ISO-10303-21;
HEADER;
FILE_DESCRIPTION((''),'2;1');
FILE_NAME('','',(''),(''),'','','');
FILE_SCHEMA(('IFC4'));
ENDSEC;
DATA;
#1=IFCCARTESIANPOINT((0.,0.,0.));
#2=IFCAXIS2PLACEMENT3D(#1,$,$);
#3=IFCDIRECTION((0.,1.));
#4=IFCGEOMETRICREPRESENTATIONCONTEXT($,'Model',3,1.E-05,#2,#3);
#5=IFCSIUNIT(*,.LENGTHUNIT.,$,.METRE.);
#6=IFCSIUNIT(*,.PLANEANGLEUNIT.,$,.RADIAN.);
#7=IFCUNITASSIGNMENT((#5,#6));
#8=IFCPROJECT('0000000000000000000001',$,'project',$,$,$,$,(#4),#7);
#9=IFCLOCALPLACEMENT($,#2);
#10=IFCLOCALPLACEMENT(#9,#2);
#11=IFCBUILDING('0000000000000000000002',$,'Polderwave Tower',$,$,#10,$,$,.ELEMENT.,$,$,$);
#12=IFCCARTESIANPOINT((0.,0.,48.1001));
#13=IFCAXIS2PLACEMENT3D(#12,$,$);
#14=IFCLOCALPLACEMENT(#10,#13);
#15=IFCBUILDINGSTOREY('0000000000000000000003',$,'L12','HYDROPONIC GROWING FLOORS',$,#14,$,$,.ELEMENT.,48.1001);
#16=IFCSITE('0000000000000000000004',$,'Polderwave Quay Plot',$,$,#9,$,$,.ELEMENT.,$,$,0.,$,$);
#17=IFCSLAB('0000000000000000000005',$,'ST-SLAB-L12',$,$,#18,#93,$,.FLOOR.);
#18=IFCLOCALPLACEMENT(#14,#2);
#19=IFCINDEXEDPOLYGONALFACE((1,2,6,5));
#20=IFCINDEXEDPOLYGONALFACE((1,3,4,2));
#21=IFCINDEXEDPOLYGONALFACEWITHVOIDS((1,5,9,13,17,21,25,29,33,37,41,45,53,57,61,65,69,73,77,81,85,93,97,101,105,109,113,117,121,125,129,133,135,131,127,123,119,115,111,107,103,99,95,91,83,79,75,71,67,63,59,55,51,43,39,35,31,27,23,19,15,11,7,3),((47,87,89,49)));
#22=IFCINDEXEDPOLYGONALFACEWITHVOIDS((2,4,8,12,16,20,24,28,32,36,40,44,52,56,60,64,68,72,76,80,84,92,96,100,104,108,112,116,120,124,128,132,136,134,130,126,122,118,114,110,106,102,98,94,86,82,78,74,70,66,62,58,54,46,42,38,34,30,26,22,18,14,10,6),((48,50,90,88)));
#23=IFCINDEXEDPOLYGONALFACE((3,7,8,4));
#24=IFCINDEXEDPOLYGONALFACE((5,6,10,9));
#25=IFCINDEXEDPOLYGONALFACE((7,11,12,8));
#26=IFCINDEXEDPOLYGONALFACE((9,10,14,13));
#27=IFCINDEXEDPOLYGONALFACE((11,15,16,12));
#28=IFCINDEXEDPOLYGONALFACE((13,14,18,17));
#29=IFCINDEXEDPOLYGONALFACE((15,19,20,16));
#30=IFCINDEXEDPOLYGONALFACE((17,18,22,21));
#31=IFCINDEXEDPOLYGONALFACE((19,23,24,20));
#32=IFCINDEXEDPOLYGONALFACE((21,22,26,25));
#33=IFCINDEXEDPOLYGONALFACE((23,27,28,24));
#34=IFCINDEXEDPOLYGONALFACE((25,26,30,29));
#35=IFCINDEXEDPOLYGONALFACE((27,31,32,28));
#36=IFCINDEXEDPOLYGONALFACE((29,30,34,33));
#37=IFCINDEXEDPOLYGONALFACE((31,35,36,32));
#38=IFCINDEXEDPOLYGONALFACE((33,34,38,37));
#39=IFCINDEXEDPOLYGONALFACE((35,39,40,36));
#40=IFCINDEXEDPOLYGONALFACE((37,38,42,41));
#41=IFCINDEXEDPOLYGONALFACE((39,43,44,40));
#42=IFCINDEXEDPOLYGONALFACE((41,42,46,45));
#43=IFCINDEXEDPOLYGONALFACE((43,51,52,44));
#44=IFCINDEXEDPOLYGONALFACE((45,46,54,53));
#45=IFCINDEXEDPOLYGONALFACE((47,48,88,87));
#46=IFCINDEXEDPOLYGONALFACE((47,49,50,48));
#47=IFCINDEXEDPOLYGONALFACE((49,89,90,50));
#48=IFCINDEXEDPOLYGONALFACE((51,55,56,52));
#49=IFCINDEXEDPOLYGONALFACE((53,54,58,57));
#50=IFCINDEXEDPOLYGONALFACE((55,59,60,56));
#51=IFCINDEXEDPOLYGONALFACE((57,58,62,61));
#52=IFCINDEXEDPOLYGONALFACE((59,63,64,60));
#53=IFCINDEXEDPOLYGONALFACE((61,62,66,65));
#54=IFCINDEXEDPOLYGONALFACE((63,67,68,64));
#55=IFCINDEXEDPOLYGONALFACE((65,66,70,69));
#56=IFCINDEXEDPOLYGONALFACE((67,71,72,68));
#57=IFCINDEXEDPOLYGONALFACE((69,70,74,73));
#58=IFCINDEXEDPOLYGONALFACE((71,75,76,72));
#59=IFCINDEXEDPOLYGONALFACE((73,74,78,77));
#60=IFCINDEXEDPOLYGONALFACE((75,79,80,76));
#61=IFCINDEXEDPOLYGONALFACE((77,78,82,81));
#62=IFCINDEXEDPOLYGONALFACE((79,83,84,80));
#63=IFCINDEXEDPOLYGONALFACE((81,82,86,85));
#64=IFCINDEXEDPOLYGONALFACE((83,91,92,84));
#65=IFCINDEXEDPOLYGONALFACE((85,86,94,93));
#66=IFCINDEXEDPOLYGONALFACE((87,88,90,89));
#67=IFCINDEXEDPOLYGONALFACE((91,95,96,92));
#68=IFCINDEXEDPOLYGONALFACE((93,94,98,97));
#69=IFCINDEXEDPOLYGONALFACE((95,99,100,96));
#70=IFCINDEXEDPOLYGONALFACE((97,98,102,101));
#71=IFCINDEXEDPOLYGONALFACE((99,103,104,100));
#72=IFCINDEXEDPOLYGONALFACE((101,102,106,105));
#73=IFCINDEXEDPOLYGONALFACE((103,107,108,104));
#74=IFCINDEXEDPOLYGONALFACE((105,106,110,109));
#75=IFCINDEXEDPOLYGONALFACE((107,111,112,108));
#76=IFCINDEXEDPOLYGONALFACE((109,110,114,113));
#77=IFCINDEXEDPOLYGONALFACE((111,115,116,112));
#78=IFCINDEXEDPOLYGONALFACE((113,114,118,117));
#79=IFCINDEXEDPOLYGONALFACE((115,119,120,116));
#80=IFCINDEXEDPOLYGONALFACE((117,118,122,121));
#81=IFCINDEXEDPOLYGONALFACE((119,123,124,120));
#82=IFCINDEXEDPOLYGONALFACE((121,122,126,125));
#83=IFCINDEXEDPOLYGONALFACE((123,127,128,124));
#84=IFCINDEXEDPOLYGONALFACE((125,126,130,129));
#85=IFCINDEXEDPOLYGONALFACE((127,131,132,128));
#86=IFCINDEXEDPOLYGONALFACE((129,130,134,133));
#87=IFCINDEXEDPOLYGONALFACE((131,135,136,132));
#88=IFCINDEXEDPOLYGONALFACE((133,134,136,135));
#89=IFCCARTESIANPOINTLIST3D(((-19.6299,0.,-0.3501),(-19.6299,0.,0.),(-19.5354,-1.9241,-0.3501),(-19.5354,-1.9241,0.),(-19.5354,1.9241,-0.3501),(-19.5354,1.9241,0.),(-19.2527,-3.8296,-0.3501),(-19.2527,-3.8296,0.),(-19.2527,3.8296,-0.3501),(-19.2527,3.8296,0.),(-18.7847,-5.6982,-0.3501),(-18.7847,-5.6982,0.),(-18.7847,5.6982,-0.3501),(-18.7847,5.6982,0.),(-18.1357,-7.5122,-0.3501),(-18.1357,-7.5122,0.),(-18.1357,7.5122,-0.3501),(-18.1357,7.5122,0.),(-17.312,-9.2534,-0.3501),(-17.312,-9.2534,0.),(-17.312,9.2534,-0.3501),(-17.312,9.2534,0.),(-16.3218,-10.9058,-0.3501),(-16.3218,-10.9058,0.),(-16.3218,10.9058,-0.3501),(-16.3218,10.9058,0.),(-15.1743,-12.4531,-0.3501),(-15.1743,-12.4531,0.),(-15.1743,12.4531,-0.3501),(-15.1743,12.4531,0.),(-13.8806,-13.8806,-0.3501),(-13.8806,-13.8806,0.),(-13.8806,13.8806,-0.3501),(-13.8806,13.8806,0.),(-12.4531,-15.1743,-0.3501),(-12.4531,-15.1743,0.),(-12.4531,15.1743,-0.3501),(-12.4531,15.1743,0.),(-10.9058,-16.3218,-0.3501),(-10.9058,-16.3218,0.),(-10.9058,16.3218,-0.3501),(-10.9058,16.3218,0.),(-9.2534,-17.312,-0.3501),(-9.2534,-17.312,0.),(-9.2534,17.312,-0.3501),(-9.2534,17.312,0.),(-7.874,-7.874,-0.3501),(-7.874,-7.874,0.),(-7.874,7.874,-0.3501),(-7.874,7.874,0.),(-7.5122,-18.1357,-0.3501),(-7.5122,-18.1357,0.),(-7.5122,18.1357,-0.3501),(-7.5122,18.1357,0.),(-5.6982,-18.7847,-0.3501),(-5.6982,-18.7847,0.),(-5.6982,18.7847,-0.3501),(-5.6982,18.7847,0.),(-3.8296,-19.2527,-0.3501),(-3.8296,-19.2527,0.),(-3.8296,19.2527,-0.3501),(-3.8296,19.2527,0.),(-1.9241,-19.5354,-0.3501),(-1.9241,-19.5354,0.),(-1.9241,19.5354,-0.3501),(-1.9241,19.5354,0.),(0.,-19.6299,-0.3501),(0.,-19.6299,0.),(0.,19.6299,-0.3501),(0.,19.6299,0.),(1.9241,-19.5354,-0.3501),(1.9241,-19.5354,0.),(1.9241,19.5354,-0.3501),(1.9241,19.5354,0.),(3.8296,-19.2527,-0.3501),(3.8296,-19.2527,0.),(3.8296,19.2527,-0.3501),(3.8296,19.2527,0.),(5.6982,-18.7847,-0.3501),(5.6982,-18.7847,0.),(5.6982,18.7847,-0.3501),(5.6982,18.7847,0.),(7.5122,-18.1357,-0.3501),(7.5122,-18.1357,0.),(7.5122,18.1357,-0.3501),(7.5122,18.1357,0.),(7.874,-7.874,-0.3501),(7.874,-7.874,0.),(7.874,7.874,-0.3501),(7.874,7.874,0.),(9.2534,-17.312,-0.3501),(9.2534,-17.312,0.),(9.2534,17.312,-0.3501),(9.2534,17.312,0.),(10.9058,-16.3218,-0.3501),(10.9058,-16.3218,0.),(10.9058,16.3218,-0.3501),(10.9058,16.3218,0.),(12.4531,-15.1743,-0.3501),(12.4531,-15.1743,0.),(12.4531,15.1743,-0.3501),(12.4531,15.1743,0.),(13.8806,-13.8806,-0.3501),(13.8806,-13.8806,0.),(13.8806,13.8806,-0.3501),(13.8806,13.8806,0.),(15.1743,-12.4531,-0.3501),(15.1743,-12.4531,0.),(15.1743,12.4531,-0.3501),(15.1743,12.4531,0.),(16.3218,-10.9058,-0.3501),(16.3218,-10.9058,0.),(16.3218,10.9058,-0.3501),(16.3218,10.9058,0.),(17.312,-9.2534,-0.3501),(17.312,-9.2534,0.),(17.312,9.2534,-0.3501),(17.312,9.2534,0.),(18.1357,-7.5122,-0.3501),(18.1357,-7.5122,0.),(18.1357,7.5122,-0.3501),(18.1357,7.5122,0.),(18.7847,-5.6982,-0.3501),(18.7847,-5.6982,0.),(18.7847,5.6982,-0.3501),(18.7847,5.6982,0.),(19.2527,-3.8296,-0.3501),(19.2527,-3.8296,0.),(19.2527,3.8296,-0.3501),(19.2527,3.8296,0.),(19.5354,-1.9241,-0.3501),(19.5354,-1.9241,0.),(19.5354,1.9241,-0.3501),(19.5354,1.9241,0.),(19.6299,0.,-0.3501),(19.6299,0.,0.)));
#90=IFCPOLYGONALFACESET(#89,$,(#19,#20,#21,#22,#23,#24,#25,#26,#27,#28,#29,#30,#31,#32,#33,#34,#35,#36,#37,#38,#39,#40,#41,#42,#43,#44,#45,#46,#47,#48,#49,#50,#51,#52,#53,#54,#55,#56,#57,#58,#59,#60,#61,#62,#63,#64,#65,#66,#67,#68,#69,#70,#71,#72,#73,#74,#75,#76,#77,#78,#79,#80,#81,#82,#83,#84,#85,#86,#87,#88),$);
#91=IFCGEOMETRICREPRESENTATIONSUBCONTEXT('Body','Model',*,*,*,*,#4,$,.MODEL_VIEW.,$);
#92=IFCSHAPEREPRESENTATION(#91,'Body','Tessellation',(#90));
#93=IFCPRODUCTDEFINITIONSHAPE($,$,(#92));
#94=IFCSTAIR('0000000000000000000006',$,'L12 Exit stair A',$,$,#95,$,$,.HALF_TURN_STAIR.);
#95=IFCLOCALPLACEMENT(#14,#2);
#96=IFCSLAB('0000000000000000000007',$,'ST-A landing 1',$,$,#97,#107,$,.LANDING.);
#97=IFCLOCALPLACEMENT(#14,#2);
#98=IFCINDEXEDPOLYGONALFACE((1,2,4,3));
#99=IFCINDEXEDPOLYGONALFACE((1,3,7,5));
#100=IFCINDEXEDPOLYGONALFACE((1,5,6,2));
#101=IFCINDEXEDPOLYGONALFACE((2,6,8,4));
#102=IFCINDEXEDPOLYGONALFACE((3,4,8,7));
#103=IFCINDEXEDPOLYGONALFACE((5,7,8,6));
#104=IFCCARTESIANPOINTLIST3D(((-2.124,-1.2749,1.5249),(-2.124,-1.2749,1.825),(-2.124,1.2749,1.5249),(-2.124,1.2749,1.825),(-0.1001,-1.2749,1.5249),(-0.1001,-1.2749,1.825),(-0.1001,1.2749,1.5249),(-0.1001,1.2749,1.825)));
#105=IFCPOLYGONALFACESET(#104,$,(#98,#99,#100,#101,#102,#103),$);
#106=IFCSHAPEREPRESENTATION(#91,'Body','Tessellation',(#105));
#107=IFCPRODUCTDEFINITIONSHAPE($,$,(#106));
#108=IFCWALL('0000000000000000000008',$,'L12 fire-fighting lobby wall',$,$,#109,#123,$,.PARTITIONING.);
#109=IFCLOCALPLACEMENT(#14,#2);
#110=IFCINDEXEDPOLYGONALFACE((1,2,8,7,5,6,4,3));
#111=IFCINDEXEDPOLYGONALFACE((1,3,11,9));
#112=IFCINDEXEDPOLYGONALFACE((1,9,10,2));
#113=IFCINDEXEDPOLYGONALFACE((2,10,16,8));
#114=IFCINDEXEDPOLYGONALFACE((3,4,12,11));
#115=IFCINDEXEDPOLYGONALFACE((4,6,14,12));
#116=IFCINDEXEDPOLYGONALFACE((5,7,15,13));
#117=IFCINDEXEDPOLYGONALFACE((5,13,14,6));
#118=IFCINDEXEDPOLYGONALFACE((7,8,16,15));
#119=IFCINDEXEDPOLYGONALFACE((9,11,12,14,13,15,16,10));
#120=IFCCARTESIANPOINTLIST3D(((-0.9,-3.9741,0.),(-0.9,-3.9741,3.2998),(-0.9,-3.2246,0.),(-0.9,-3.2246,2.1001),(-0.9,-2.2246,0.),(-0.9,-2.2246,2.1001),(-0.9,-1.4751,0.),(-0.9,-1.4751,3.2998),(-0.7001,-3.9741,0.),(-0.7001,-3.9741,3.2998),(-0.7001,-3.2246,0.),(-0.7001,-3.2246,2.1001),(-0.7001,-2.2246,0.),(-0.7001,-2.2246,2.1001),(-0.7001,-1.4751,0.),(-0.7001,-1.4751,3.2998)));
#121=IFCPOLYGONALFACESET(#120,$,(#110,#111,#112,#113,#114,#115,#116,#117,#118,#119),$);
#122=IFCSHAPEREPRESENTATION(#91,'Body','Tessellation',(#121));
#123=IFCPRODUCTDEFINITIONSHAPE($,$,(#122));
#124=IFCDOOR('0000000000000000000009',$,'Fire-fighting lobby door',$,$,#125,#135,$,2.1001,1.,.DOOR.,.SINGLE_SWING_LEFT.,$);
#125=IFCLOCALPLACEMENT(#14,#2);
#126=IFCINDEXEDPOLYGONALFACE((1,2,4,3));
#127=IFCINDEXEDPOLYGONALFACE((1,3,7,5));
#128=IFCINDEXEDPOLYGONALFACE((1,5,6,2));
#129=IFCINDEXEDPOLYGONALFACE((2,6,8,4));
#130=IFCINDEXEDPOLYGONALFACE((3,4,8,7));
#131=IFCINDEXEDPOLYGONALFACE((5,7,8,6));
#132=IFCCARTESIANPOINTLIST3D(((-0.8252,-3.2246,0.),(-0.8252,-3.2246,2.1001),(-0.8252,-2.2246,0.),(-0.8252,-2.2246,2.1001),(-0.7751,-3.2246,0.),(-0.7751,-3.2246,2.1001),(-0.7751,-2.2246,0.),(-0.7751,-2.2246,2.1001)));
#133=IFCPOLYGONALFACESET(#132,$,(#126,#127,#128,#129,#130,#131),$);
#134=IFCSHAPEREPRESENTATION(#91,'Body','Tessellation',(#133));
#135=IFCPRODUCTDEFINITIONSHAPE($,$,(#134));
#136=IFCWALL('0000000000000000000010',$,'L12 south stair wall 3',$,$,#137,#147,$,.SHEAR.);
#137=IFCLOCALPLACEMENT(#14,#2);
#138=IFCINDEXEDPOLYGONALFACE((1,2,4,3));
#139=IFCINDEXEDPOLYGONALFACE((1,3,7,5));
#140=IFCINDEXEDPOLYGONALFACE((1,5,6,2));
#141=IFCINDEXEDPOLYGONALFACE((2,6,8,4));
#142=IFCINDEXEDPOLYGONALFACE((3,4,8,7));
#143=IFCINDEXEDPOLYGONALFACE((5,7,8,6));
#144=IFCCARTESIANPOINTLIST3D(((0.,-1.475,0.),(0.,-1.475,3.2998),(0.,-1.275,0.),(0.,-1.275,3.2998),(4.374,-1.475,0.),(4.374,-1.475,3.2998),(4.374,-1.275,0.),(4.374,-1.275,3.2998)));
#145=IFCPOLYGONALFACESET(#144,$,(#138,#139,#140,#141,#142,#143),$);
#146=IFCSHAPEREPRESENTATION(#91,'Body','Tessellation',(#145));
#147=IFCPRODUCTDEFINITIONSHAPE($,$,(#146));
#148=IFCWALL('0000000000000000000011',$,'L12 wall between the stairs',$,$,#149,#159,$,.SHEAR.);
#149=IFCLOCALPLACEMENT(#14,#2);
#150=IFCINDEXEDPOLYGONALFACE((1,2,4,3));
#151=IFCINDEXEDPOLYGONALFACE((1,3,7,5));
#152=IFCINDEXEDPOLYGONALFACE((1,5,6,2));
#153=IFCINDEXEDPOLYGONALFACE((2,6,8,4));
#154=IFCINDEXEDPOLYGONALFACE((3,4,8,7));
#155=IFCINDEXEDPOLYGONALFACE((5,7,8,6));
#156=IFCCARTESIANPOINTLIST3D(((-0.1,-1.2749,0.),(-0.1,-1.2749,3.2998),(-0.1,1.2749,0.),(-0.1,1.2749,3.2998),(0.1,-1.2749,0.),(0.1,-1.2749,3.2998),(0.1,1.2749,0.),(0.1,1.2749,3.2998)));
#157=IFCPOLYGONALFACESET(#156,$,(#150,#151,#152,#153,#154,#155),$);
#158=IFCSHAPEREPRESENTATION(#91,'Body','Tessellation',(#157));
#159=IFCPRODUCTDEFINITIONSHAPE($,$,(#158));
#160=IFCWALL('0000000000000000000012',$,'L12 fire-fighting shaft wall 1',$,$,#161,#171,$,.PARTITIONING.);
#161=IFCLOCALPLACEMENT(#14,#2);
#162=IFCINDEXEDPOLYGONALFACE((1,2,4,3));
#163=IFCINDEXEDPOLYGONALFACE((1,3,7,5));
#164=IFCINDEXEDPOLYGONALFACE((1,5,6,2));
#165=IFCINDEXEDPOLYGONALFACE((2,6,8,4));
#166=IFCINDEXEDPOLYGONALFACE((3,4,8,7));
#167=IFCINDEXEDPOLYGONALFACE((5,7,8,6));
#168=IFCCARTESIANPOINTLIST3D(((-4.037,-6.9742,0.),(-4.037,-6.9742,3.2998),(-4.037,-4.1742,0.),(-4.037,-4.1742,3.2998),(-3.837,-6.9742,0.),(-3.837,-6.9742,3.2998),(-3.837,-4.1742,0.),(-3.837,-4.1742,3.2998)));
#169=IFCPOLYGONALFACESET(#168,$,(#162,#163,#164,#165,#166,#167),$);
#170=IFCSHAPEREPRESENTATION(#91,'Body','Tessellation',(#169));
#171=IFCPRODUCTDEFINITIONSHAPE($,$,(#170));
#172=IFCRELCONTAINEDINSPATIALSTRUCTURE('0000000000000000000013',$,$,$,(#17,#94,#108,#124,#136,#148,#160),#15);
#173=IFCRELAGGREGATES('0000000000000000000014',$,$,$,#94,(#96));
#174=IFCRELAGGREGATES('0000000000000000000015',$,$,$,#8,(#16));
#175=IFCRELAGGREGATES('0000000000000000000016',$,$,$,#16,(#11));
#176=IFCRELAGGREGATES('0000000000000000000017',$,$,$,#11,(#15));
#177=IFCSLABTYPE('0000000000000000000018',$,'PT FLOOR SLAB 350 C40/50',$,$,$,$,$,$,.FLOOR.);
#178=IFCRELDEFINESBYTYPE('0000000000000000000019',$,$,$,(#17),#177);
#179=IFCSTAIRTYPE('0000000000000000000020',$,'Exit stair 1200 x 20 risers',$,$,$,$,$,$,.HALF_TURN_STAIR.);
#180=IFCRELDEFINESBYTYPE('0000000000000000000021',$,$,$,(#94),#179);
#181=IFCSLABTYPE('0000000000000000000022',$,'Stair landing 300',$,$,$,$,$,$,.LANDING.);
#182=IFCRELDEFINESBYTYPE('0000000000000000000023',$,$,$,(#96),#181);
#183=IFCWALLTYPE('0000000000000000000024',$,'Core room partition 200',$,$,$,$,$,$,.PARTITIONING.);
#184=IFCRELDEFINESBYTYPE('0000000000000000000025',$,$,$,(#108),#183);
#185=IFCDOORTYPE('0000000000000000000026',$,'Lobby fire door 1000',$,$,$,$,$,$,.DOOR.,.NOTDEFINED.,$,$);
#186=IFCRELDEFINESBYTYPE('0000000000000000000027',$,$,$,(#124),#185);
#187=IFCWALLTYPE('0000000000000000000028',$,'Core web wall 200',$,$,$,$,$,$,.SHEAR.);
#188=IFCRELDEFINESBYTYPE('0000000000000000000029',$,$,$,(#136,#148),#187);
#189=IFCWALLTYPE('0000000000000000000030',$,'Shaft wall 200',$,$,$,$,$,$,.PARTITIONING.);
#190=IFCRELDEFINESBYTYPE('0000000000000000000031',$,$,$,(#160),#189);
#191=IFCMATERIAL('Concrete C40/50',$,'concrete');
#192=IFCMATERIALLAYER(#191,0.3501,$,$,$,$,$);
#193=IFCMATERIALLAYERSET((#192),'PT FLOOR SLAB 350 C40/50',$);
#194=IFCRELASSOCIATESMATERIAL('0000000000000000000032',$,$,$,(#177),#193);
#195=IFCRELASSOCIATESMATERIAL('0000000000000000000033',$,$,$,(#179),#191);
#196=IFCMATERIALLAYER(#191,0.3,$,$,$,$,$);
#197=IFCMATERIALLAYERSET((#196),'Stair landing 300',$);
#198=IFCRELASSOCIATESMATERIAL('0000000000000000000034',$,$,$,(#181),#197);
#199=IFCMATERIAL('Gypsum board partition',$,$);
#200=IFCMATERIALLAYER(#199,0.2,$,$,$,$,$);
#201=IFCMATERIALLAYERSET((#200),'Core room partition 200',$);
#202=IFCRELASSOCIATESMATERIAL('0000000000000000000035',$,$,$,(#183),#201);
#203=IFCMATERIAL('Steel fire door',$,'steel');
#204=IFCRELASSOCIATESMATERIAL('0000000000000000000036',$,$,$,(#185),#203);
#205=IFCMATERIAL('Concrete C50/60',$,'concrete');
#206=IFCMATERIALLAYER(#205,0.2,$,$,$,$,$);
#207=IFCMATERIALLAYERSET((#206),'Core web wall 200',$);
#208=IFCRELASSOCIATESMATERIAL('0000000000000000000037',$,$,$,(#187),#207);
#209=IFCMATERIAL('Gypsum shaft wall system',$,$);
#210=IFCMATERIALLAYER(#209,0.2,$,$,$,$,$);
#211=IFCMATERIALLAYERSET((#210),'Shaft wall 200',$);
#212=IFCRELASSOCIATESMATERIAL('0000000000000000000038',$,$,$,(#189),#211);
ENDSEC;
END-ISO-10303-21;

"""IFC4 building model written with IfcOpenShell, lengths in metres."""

from ifc_helpers import new_model, si_unit, direction, frame, frame_2d, origin, place, context, subcontext, project, spatial, polyline, rectangle, outline, extrude, material, layer, layer_set, type_object, element, fill, aggregate, save


model = new_model("IFC4")

# Units and contexts
model_context = context("Model", 3, precision=1e-05, world=origin(), true_north=direction((0.0, 1.0)))
body_context = subcontext(model_context, "Body", "Model", "MODEL_VIEW")
ifc_project = project(units=[si_unit("LENGTHUNIT", "METRE"), si_unit("PLANEANGLEUNIT", "RADIAN")], contexts=[model_context])

# Site, building, storey
site_placement = place(None, origin())
site = spatial("IfcSite", under=ifc_project, at=site_placement, Name="Polderwave Quay Plot", CompositionType="ELEMENT", RefElevation=0.0)
building_placement = place(site_placement, origin())
building = spatial("IfcBuilding", under=site, at=building_placement, Name="Polderwave Tower", CompositionType="ELEMENT")
storey_placement = place(building_placement, frame((0.0, 0.0, 48.1001)))
storey = spatial("IfcBuildingStorey", under=building, at=storey_placement, Name="L12", Description="HYDROPONIC GROWING FLOORS", CompositionType="ELEMENT", Elevation=48.1001)

# Slab
ifc_material_1 = material(Name="Concrete C40/50", Category="concrete")
ifc_layer_1 = layer(ifc_material_1, 0.3501)
ifc_layer_set_1 = layer_set([ifc_layer_1], Name="PT FLOOR SLAB 350 C40/50")
slab_type_1 = type_object("IfcSlabType", Name="PT FLOOR SLAB 350 C40/50", PredefinedType="FLOOR", material=ifc_layer_set_1)
slab_1_placement = place(storey_placement, frame((0.0, 0.0, -0.3501)))
element("IfcSlab", 1, at=slab_1_placement, inside=storey, type_object=slab_type_1, Name="ST-SLAB-L12", PredefinedType="FLOOR", context=body_context, shape_type="SweptSolid", body=[
    extrude(outline(polyline([(19.6299, 0.0), (19.5354, 1.9241), (19.2527, 3.8296), (18.7847, 5.6982), (18.1357, 7.5122), (17.312, 9.2534), (16.3218, 10.9058), (15.1743, 12.4531), (13.8806, 13.8806), (12.4531, 15.1743), (10.9058, 16.3218), (9.2534, 17.312), (7.5122, 18.1357), (5.6982, 18.7847), (3.8296, 19.2527), (1.9241, 19.5354), (0.0, 19.6299), (-1.9241, 19.5354), (-3.8296, 19.2527), (-5.6982, 18.7847), (-7.5122, 18.1357), (-9.2534, 17.312), (-10.9058, 16.3218), (-12.4531, 15.1743), (-13.8806, 13.8806), (-15.1743, 12.4531), (-16.3218, 10.9058), (-17.312, 9.2534), (-18.1357, 7.5122), (-18.7847, 5.6982), (-19.2527, 3.8296), (-19.5354, 1.9241), (-19.6299, 0.0), (-19.5354, -1.9241), (-19.2527, -3.8296), (-18.7847, -5.6982), (-18.1357, -7.5122), (-17.312, -9.2534), (-16.3218, -10.9058), (-15.1743, -12.4531), (-13.8806, -13.8806), (-12.4531, -15.1743), (-10.9058, -16.3218), (-9.2534, -17.312), (-7.5122, -18.1357), (-5.6982, -18.7847), (-3.8296, -19.2527), (-1.9241, -19.5354), (0.0, -19.6299), (1.9241, -19.5354), (3.8296, -19.2527), (5.6982, -18.7847), (7.5122, -18.1357), (9.2534, -17.312), (10.9058, -16.3218), (12.4531, -15.1743), (13.8806, -13.8806), (15.1743, -12.4531), (16.3218, -10.9058), (17.312, -9.2534), (18.1357, -7.5122), (18.7847, -5.6982), (19.2527, -3.8296), (19.5354, -1.9241), (19.6299, 0.0)]), holes=[polyline([(-7.874, -7.874), (7.874, -7.874), (7.874, 7.874), (-7.874, 7.874), (-7.874, -7.874)])]), origin(), (0.0, 0.0, 1.0), 0.3501),
])

# Stair, slab
stair_type = type_object("IfcStairType", Name="Exit stair 1200 x 20 risers", PredefinedType="HALF_TURN_STAIR", material=ifc_material_1)
stair_placement = place(storey_placement, origin())
stair = element("IfcStair", 2, at=stair_placement, inside=storey, type_object=stair_type, Name="L12 Exit stair A", PredefinedType="HALF_TURN_STAIR")
ifc_layer_2 = layer(ifc_material_1, 0.3)
ifc_layer_set_2 = layer_set([ifc_layer_2], Name="Stair landing 300")
slab_type_2 = type_object("IfcSlabType", Name="Stair landing 300", PredefinedType="LANDING", material=ifc_layer_set_2)
slab_2_placement = place(storey_placement, frame((0.0, 0.0, 1.5249)))
slab_2 = element("IfcSlab", 3, at=slab_2_placement, type_object=slab_type_2, Name="ST-A landing 1", PredefinedType="LANDING", context=body_context, shape_type="SweptSolid", body=[
    extrude(outline(polyline([(-2.124, -1.2749), (-0.1001, -1.2749), (-0.1001, 1.2749), (-2.124, 1.2749), (-2.124, -1.2749)])), origin(), (0.0, 0.0, 1.0), 0.3),
])

# Wall, opening, door
ifc_material_2 = material(Name="Gypsum board partition")
ifc_layer_3 = layer(ifc_material_2, 0.2)
ifc_layer_set_3 = layer_set([ifc_layer_3], Name="Core room partition 200")
wall_type_1 = type_object("IfcWallType", Name="Core room partition 200", PredefinedType="PARTITIONING", material=ifc_layer_set_3)
wall_1_placement = place(storey_placement, frame((-0.8, -3.9741, 0.0), z_axis=(0.0, 0.0, 1.0), x_axis=(0.0, 1.0, 0.0)))
wall_1 = element("IfcWall", 4, at=wall_1_placement, inside=storey, type_object=wall_type_1, Name="L12 fire-fighting lobby wall", PredefinedType="PARTITIONING", context=body_context, shape_type="SweptSolid", body=[
    extrude(rectangle(XDim=2.499, YDim=0.2, at=frame_2d((1.2495, 0.0))), origin(), (0.0, 0.0, 1.0), 3.2998),
])
opening_placement = place(wall_1_placement, frame((0.7495, 0.0, 0.0)))
opening = element("IfcOpeningElement", 5, at=opening_placement, cuts=wall_1, PredefinedType="OPENING", context=body_context, shape_type="SweptSolid", body=[
    extrude(rectangle(XDim=1.0, YDim=2.1001, at=frame_2d((0.5, 1.05))), frame((0.0, 0.1099, 0.0), z_axis=(0.0, -1.0, 0.0), x_axis=(1.0, 0.0, 0.0)), (0.0, 0.0, 1.0), 0.22),
])
ifc_material_3 = material(Name="Steel fire door", Category="steel")
door_type = type_object("IfcDoorType", Name="Lobby fire door 1000", OperationType="NOTDEFINED", PredefinedType="DOOR", material=ifc_material_3)
door_placement = place(opening_placement, frame((1.0, 0.0, 0.0), z_axis=(0.0, 0.0, 1.0), x_axis=(-1.0, 0.0, 0.0)))
door = element("IfcDoor", 6, at=door_placement, inside=storey, type_object=door_type, Name="Fire-fighting lobby door", OperationType="SINGLE_SWING_LEFT", OverallHeight=2.1001, OverallWidth=1.0, PredefinedType="DOOR", context=body_context, shape_type="SweptSolid", body=[
    extrude(rectangle(XDim=1.0, YDim=2.1001, at=frame_2d((0.5, 1.05))), frame((0.0, 0.0249, 0.0), z_axis=(0.0, -1.0, 0.0), x_axis=(1.0, 0.0, 0.0)), (0.0, 0.0, 1.0), 0.05),
])
fill(opening, door)

# Walls
ifc_material_4 = material(Name="Concrete C50/60", Category="concrete")
ifc_layer_4 = layer(ifc_material_4, 0.2)
ifc_layer_set_4 = layer_set([ifc_layer_4], Name="Core web wall 200")
wall_type_2 = type_object("IfcWallType", Name="Core web wall 200", PredefinedType="SHEAR", material=ifc_layer_set_4)
wall_2_placement = place(storey_placement, frame((0.0, -1.375, 0.0), z_axis=(0.0, 0.0, 1.0), x_axis=(1.0, 0.0, 0.0)))
element("IfcWall", 7, at=wall_2_placement, inside=storey, type_object=wall_type_2, Name="L12 south stair wall 3", PredefinedType="SHEAR", context=body_context, shape_type="SweptSolid", body=[
    extrude(rectangle(XDim=4.374, YDim=0.2, at=frame_2d((2.187, 0.0))), origin(), (0.0, 0.0, 1.0), 3.2998),
])
wall_3_placement = place(storey_placement, frame((0.0, -1.2749, 0.0), z_axis=(0.0, 0.0, 1.0), x_axis=(0.0, 1.0, 0.0)))
element("IfcWall", 8, at=wall_3_placement, inside=storey, type_object=wall_type_2, Name="L12 wall between the stairs", PredefinedType="SHEAR", context=body_context, shape_type="SweptSolid", body=[
    extrude(rectangle(XDim=2.5498, YDim=0.2, at=frame_2d((1.2749, 0.0))), origin(), (0.0, 0.0, 1.0), 3.2998),
])
ifc_material_5 = material(Name="Gypsum shaft wall system")
ifc_layer_5 = layer(ifc_material_5, 0.2)
ifc_layer_set_5 = layer_set([ifc_layer_5], Name="Shaft wall 200")
wall_type_3 = type_object("IfcWallType", Name="Shaft wall 200", PredefinedType="PARTITIONING", material=ifc_layer_set_5)
for number, where, z_axis, x_axis, name in (
    (9, (-3.937, -6.9741, 0.0), (0.0, 0.0, 1.0), (0.0, 1.0, 0.0), "L12 fire-fighting shaft wall 1"),
):
    element("IfcWall", number, at=place(storey_placement, frame(where, z_axis=z_axis, x_axis=x_axis)), inside=storey, type_object=wall_type_3, Name=name, PredefinedType="PARTITIONING", context=body_context, shape_type="SweptSolid", body=[
        extrude(rectangle(XDim=2.8, YDim=0.2, at=frame_2d((1.3999, 0.0))), origin(), (0.0, 0.0, 1.0), 3.2998),
    ])

aggregate(stair, [slab_2])

save(model, "model.ifc")
